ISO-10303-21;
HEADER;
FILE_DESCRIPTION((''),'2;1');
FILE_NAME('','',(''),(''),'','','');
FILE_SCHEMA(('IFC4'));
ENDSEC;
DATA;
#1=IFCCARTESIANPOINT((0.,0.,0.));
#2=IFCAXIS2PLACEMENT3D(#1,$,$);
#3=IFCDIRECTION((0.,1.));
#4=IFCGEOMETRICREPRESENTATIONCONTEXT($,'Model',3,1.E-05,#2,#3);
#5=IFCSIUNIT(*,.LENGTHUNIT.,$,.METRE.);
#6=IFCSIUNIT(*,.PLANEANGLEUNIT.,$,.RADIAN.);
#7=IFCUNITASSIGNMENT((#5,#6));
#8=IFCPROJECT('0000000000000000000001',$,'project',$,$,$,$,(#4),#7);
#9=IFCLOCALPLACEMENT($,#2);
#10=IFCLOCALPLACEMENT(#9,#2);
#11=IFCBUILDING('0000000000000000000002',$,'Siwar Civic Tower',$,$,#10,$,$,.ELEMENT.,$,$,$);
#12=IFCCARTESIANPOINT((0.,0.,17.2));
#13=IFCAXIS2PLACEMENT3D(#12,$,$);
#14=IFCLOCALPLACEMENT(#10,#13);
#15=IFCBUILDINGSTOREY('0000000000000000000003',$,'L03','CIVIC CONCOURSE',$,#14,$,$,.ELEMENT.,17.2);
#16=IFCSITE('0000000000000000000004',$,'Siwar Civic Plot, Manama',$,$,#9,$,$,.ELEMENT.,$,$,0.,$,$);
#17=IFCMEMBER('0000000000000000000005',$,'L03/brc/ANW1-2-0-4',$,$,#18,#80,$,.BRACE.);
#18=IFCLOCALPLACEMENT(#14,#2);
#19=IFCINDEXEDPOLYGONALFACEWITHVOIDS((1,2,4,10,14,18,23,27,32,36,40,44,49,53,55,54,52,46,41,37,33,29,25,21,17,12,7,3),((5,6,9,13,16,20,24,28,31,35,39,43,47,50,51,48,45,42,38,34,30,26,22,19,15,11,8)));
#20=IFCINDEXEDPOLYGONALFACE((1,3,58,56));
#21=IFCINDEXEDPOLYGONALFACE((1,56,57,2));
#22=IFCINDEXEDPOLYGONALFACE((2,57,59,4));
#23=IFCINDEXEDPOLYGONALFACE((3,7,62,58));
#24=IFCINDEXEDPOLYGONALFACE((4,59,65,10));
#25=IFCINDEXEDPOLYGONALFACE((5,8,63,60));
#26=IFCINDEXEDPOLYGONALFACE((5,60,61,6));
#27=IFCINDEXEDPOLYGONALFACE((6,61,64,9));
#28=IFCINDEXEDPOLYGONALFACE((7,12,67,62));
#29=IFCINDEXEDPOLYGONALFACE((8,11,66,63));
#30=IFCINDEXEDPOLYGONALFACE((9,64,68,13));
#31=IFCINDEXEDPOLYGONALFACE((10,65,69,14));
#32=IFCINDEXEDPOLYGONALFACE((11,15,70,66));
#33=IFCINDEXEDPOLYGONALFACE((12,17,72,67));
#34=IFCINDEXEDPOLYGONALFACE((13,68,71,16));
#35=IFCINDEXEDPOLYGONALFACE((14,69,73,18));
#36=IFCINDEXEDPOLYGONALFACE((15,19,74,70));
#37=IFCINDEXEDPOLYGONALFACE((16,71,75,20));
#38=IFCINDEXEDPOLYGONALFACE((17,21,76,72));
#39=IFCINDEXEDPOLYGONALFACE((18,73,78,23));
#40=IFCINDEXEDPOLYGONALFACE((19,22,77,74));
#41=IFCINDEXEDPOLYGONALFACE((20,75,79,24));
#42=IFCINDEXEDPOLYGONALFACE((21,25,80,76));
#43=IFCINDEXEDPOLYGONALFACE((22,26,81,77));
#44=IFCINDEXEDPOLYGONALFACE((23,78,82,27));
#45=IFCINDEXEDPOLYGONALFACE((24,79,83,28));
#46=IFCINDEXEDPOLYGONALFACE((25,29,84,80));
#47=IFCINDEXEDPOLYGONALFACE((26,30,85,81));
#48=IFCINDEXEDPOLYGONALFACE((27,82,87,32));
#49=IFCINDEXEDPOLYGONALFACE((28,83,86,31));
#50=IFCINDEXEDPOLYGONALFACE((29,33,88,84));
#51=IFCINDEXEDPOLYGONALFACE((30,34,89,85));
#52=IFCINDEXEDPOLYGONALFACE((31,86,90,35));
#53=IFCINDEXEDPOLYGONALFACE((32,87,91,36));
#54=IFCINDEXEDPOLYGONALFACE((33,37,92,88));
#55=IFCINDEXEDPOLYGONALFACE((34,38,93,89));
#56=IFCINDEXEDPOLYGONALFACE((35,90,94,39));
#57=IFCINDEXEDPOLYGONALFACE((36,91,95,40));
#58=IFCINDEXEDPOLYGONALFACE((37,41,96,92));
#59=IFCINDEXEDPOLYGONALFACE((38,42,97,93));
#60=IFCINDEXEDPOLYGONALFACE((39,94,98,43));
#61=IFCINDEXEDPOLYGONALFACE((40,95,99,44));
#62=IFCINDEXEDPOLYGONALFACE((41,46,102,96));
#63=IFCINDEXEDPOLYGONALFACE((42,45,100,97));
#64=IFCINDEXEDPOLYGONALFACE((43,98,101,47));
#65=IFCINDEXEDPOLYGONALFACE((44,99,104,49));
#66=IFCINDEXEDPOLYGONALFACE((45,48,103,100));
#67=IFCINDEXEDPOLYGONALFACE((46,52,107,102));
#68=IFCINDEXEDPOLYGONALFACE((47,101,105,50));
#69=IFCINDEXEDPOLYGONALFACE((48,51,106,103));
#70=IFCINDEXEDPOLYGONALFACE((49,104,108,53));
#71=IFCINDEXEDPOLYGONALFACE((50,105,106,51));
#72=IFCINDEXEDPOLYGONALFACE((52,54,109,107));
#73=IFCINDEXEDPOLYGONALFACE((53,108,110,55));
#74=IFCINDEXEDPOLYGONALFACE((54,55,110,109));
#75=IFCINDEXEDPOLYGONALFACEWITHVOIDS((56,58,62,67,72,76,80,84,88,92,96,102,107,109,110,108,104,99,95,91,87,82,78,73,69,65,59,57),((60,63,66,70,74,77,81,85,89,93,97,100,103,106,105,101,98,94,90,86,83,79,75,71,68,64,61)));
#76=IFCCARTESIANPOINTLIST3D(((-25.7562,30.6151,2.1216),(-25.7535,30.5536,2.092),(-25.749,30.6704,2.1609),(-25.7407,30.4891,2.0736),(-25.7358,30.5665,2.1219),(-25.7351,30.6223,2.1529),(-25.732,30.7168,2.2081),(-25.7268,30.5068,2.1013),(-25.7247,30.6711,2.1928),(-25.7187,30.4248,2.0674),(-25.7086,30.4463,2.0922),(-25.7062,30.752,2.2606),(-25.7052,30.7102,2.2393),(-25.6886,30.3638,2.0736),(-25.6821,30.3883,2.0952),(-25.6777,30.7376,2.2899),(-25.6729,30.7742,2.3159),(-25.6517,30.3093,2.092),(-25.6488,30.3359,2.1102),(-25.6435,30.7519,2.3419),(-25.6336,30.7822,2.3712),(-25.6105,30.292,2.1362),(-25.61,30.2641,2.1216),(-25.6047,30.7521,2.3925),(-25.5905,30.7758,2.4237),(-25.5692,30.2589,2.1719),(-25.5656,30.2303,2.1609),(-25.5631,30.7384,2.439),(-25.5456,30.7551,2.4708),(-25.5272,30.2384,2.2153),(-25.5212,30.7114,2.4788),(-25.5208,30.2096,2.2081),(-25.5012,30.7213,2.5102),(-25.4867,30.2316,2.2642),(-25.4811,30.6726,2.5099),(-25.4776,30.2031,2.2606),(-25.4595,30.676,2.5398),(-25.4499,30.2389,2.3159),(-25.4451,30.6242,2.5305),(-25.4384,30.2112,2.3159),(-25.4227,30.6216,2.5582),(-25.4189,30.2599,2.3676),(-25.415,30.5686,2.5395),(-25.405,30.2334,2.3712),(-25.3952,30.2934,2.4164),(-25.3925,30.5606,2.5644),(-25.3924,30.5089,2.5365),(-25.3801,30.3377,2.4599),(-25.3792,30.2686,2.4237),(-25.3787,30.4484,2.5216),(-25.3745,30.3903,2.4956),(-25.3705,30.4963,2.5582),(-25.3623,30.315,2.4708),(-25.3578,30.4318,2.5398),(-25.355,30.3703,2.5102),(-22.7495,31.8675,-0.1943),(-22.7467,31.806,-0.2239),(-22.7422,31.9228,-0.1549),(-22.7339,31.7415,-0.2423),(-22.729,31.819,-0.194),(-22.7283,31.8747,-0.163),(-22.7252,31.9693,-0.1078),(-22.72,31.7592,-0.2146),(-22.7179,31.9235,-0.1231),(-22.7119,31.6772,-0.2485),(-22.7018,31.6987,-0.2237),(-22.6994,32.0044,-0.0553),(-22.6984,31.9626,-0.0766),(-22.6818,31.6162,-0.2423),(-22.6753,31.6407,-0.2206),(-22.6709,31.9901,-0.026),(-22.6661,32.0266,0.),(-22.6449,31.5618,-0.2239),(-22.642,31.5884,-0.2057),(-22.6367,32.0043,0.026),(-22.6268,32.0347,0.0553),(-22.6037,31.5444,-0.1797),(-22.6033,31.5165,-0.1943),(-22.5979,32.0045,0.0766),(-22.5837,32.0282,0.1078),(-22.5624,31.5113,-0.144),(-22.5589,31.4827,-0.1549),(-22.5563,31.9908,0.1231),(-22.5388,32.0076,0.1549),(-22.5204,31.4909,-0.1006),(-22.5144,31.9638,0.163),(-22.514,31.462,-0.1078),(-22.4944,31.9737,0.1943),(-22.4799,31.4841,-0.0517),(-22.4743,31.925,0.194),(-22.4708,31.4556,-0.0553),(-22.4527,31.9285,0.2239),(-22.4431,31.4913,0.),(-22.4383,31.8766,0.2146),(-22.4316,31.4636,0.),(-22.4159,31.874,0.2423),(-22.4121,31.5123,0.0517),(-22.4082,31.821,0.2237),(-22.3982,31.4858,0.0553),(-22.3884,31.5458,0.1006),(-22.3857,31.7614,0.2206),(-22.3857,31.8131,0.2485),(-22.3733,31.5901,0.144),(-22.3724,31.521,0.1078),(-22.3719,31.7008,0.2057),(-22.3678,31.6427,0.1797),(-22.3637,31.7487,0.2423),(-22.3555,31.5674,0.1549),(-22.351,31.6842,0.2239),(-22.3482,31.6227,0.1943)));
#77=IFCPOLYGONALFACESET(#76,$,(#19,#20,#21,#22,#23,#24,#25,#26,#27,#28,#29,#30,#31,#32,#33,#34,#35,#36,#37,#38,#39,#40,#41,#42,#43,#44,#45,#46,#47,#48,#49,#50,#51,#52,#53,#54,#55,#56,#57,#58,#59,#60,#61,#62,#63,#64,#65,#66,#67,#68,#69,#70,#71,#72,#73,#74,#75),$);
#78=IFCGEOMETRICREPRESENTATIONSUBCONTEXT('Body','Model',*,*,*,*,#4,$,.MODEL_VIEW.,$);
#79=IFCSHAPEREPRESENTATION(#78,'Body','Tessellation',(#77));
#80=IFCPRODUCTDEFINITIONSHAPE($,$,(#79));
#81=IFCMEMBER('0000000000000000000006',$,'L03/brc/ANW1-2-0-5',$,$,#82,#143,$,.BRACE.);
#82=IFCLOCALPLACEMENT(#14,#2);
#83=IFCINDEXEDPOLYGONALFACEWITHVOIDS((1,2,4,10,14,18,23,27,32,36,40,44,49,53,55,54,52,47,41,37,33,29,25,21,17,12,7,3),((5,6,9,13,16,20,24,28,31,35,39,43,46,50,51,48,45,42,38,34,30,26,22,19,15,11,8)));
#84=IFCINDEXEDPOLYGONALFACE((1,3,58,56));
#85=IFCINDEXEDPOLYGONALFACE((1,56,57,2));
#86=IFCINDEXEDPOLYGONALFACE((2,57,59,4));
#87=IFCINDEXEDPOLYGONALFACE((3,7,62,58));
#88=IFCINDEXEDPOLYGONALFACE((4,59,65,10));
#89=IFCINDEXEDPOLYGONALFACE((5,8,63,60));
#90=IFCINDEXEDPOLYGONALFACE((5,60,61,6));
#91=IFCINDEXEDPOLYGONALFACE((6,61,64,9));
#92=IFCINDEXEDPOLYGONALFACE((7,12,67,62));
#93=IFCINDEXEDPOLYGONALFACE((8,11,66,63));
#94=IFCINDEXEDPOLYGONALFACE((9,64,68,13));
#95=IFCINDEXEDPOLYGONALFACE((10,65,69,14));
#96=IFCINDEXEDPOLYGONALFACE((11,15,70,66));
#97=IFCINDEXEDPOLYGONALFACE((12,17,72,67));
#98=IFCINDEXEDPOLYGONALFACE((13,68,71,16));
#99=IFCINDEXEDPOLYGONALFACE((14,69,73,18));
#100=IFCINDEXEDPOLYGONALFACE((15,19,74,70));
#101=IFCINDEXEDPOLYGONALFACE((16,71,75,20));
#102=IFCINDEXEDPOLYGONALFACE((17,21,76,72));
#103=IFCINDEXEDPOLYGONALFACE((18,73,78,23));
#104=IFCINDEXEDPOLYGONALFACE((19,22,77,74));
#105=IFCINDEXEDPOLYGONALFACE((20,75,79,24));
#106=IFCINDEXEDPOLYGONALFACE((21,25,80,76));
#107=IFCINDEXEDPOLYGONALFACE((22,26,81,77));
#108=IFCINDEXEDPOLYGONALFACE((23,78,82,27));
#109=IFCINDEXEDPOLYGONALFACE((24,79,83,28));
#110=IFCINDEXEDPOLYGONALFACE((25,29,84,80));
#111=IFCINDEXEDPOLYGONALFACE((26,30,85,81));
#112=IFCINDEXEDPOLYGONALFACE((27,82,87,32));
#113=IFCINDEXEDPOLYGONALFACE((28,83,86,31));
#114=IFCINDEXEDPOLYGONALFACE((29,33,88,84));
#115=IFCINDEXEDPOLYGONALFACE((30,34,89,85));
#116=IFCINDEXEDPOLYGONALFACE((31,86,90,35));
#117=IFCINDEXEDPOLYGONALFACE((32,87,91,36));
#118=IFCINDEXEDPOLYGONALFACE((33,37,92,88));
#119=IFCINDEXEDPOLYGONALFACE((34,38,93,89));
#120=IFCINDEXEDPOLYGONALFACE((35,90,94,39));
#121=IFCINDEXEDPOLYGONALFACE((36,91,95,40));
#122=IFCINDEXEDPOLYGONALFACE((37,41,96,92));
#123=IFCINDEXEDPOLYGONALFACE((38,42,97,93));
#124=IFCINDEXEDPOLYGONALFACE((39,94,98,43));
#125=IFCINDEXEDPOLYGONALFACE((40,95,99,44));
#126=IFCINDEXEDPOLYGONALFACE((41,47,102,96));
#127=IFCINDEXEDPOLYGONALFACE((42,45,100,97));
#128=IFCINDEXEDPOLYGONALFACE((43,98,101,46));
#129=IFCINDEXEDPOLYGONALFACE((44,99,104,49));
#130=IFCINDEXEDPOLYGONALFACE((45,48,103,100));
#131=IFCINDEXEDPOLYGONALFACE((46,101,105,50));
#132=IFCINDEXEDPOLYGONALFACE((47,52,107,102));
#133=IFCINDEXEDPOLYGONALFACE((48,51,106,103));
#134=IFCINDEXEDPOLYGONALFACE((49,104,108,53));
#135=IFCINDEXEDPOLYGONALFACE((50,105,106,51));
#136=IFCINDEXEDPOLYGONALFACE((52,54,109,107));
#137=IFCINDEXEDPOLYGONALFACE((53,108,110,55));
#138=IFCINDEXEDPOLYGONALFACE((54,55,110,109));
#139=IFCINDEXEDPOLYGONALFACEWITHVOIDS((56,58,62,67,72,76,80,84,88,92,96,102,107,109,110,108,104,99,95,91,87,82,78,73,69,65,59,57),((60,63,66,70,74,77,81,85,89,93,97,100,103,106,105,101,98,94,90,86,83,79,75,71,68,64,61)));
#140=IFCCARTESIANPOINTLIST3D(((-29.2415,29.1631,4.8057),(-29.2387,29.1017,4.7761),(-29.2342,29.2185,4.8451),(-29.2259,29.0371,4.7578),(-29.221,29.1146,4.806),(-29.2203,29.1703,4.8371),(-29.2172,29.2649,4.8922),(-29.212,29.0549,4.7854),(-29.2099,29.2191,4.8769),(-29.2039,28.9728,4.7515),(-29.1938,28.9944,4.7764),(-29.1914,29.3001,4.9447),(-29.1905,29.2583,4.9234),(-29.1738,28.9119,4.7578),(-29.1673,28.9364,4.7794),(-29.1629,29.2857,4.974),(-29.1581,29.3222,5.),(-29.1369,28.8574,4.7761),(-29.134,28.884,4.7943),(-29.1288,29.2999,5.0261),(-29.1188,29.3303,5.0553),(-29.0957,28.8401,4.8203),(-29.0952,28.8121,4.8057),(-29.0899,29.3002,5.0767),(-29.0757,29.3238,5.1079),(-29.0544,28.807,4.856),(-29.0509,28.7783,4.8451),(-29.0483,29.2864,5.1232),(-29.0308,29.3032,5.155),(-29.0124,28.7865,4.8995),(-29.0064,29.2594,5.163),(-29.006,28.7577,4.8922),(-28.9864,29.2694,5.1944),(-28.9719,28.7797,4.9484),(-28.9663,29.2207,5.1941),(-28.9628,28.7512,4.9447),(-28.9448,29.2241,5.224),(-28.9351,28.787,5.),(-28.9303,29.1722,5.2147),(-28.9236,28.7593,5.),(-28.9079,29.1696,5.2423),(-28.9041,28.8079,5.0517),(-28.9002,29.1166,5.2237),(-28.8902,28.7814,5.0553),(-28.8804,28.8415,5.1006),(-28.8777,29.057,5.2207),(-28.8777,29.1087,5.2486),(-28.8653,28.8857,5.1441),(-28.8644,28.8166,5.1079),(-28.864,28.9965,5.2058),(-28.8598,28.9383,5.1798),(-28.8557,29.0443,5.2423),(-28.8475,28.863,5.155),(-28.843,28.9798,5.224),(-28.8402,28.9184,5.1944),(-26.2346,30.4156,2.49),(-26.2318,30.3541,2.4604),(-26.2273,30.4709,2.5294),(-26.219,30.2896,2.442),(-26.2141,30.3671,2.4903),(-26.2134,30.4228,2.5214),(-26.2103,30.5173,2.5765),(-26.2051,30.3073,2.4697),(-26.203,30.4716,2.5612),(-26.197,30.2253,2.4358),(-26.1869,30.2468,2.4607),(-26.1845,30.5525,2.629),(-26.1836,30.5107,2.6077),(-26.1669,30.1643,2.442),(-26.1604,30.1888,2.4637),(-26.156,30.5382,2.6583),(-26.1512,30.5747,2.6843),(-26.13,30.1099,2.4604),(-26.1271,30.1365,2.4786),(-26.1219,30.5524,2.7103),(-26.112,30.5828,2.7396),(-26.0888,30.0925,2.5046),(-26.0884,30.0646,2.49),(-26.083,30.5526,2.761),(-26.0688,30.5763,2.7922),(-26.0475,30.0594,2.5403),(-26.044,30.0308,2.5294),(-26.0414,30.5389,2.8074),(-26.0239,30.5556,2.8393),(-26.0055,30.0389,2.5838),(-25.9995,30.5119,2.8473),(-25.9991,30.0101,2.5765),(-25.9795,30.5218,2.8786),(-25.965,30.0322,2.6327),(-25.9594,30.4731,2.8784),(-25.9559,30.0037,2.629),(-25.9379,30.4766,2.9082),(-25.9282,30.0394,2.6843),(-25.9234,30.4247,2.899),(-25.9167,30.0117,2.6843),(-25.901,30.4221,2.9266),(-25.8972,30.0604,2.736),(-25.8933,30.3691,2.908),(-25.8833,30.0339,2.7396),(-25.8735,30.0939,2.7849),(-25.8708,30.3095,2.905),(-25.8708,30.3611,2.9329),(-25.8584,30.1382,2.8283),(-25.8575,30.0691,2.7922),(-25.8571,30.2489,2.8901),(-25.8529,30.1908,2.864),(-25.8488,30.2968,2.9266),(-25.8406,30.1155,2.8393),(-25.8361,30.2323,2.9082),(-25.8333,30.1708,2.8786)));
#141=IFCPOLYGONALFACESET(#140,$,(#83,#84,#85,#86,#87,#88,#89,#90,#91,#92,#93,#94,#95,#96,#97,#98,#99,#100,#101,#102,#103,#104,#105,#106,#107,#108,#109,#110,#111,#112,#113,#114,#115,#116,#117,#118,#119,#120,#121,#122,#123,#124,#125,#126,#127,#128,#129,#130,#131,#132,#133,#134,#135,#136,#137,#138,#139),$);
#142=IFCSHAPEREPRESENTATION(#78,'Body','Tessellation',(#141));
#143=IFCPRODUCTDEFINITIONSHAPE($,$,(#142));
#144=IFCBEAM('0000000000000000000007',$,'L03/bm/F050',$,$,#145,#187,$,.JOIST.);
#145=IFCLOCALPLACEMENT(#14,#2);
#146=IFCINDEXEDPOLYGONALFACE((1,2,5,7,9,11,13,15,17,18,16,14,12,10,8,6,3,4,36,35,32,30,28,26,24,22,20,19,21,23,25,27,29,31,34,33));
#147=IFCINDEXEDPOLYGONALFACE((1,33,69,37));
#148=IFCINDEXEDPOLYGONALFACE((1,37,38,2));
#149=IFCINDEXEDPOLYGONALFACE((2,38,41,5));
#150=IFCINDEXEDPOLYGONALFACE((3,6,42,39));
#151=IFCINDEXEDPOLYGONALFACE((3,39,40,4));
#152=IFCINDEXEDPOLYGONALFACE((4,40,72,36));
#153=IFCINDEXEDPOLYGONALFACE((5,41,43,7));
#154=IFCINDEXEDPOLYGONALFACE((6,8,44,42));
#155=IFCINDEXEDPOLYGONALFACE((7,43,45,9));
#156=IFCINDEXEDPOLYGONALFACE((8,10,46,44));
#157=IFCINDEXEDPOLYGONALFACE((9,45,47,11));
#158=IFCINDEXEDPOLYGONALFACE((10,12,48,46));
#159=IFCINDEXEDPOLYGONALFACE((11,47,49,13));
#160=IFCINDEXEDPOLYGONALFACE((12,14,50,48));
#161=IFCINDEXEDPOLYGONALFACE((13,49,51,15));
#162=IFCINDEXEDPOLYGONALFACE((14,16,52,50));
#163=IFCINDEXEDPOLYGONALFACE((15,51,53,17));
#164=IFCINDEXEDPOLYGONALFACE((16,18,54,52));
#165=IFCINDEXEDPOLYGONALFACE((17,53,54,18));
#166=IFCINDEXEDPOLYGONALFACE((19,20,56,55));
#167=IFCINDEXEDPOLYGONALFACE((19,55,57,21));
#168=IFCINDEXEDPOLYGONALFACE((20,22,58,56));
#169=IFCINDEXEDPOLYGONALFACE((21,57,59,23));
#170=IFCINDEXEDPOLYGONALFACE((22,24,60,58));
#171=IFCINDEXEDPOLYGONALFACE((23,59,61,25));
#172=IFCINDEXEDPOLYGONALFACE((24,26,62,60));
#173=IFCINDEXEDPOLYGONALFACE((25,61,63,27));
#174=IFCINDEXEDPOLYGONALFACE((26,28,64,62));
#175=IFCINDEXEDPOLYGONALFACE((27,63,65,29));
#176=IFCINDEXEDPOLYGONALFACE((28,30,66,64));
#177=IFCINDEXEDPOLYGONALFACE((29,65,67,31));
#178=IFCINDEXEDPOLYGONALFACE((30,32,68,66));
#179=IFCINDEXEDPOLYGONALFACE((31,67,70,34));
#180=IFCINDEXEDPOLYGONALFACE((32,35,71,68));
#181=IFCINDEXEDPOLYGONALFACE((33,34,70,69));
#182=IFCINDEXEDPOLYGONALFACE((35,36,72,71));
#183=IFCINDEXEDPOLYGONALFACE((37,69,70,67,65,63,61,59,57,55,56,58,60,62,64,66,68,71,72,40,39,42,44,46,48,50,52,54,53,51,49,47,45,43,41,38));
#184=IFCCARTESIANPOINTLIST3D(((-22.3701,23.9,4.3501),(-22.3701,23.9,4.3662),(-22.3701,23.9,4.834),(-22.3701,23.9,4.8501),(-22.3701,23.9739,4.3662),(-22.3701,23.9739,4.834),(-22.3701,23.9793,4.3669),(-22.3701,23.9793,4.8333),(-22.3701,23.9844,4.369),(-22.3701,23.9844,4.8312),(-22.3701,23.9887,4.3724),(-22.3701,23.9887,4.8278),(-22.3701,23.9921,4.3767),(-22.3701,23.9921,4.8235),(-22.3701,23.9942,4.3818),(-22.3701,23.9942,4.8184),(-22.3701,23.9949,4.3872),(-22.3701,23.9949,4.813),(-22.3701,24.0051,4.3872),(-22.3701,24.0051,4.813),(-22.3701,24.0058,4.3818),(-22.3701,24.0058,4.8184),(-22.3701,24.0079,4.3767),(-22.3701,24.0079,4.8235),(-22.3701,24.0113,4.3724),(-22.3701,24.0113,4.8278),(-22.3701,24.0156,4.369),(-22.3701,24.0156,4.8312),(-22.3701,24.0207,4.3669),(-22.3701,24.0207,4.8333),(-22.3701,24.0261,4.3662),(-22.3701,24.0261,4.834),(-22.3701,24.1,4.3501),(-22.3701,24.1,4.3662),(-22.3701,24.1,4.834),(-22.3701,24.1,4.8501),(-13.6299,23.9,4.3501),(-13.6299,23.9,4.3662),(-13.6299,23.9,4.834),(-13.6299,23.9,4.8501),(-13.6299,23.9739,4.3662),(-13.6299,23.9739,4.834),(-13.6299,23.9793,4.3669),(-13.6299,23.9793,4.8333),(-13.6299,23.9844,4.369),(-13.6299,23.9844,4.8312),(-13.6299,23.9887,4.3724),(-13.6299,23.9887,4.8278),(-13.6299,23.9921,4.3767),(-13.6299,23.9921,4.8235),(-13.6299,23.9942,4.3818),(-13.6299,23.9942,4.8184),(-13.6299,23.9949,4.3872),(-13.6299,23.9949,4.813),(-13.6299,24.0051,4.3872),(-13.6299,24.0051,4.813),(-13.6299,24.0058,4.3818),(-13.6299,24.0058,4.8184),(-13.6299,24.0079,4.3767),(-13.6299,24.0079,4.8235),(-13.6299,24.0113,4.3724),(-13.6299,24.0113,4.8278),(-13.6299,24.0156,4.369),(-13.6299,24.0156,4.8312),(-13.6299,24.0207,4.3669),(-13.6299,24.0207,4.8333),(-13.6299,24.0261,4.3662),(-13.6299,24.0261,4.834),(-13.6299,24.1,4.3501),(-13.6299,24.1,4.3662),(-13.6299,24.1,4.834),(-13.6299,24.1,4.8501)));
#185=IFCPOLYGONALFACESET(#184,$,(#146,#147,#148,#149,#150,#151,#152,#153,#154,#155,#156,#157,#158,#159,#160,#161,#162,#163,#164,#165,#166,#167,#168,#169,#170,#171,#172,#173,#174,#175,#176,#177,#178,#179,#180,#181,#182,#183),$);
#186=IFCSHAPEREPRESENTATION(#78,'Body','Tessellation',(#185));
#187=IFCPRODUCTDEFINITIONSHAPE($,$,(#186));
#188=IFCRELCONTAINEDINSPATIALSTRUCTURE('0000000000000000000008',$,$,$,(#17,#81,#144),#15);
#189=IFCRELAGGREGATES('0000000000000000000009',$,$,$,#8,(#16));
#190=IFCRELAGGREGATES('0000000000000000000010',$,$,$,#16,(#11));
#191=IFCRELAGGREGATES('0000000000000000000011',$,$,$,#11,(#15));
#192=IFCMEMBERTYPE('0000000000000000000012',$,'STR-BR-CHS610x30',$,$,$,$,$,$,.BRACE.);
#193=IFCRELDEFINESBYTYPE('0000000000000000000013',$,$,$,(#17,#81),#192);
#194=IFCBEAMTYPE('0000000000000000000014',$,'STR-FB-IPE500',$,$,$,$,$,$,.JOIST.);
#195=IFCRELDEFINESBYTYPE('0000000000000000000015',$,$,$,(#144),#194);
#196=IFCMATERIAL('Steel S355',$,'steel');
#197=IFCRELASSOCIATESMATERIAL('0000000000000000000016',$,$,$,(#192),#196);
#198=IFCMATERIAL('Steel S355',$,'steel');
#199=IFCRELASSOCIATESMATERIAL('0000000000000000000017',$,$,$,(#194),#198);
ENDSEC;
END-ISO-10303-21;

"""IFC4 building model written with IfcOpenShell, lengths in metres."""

from ifc_helpers import new_model, si_unit, direction, frame, origin, origin_2d, place, context, subcontext, project, spatial, hollow_circle, i_section, extrude, material, material_profile, profile_set, type_object, element, save


model = new_model("IFC4")

# Units and contexts
model_context = context("Model", 3, precision=1e-05, world=origin(), true_north=direction((0.0, 1.0)))
body_context = subcontext(model_context, "Body", "Model", "MODEL_VIEW")
ifc_project = project(units=[si_unit("LENGTHUNIT", "METRE"), si_unit("PLANEANGLEUNIT", "RADIAN")], contexts=[model_context])

# Site, building, storey
site_placement = place(None, origin())
site = spatial("IfcSite", under=ifc_project, at=site_placement, Name="Siwar Civic Plot, Manama", CompositionType="ELEMENT", RefElevation=0.0)
building_placement = place(site_placement, origin())
building = spatial("IfcBuilding", under=site, at=building_placement, Name="Siwar Civic Tower", CompositionType="ELEMENT")
storey_placement = place(building_placement, frame((0.0, 0.0, 17.2)))
storey = spatial("IfcBuildingStorey", under=building, at=storey_placement, Name="L03", Description="CIVIC CONCOURSE", CompositionType="ELEMENT", Elevation=17.2)

# Members
ifc_material_1 = material(Name="Steel S355", Category="steel")
ifc_material_profile_1 = material_profile(ifc_material_1, hollow_circle(Radius=0.3049, WallThickness=0.03, at=origin_2d()), Name="CHS610x30")
ifc_profile_set_1 = profile_set([ifc_material_profile_1], Name="Steel S355")
member_type_1 = type_object("IfcMemberType", Name="STR-BR-CHS610x30", PredefinedType="BRACE", material=ifc_profile_set_1)
for number, where, z_axis, x_axis, name in (
    (1, (-22.5488, 31.7451, 0.0), (-0.752341, -0.313373, 0.579466), (0.384509, -0.923121, 0.0), "L03/brc/ANW1-2-0-4"),
    (2, (-26.0339, 30.2932, 2.6843), (-0.752367, -0.313385, 0.579425), (0.384509, -0.923121, 0.0), "L03/brc/ANW1-2-0-5"),
):
    element("IfcMember", number, at=place(storey_placement, frame(where, z_axis=z_axis, x_axis=x_axis)), inside=storey, type_object=member_type_1, Name=name, PredefinedType="BRACE", context=body_context, shape_type="SweptSolid", body=[
        extrude(hollow_circle(Radius=0.3049, WallThickness=0.03, at=origin_2d()), origin(), (0.0, 0.0, 1.0), 3.9966),
    ])

# Beam
ifc_material_2 = material(Name="Steel S355", Category="steel")
ifc_material_profile_2 = material_profile(ifc_material_2, i_section(OverallWidth=0.2, OverallDepth=0.5, WebThickness=0.0103, FlangeThickness=0.0161, FilletRadius=0.021, at=origin_2d()), Name="IPE500")
ifc_profile_set_2 = profile_set([ifc_material_profile_2], Name="Steel S355")
beam_type_1 = type_object("IfcBeamType", Name="STR-FB-IPE500", PredefinedType="JOIST", material=ifc_profile_set_2)
beam_1_placement = place(storey_placement, frame((-22.3701, 24.0, 4.6001), z_axis=(1.0, 0.0, 0.0), x_axis=(0.0, 1.0, 0.0)))
element("IfcBeam", 3, at=beam_1_placement, inside=storey, type_object=beam_type_1, Name="L03/bm/F050", PredefinedType="JOIST", context=body_context, shape_type="SweptSolid", body=[
    extrude(i_section(OverallWidth=0.2, OverallDepth=0.5, WebThickness=0.0103, FlangeThickness=0.0161, FilletRadius=0.021, at=origin_2d()), origin(), (0.0, 0.0, 1.0), 8.7402),
])

save(model, "model.ifc")
